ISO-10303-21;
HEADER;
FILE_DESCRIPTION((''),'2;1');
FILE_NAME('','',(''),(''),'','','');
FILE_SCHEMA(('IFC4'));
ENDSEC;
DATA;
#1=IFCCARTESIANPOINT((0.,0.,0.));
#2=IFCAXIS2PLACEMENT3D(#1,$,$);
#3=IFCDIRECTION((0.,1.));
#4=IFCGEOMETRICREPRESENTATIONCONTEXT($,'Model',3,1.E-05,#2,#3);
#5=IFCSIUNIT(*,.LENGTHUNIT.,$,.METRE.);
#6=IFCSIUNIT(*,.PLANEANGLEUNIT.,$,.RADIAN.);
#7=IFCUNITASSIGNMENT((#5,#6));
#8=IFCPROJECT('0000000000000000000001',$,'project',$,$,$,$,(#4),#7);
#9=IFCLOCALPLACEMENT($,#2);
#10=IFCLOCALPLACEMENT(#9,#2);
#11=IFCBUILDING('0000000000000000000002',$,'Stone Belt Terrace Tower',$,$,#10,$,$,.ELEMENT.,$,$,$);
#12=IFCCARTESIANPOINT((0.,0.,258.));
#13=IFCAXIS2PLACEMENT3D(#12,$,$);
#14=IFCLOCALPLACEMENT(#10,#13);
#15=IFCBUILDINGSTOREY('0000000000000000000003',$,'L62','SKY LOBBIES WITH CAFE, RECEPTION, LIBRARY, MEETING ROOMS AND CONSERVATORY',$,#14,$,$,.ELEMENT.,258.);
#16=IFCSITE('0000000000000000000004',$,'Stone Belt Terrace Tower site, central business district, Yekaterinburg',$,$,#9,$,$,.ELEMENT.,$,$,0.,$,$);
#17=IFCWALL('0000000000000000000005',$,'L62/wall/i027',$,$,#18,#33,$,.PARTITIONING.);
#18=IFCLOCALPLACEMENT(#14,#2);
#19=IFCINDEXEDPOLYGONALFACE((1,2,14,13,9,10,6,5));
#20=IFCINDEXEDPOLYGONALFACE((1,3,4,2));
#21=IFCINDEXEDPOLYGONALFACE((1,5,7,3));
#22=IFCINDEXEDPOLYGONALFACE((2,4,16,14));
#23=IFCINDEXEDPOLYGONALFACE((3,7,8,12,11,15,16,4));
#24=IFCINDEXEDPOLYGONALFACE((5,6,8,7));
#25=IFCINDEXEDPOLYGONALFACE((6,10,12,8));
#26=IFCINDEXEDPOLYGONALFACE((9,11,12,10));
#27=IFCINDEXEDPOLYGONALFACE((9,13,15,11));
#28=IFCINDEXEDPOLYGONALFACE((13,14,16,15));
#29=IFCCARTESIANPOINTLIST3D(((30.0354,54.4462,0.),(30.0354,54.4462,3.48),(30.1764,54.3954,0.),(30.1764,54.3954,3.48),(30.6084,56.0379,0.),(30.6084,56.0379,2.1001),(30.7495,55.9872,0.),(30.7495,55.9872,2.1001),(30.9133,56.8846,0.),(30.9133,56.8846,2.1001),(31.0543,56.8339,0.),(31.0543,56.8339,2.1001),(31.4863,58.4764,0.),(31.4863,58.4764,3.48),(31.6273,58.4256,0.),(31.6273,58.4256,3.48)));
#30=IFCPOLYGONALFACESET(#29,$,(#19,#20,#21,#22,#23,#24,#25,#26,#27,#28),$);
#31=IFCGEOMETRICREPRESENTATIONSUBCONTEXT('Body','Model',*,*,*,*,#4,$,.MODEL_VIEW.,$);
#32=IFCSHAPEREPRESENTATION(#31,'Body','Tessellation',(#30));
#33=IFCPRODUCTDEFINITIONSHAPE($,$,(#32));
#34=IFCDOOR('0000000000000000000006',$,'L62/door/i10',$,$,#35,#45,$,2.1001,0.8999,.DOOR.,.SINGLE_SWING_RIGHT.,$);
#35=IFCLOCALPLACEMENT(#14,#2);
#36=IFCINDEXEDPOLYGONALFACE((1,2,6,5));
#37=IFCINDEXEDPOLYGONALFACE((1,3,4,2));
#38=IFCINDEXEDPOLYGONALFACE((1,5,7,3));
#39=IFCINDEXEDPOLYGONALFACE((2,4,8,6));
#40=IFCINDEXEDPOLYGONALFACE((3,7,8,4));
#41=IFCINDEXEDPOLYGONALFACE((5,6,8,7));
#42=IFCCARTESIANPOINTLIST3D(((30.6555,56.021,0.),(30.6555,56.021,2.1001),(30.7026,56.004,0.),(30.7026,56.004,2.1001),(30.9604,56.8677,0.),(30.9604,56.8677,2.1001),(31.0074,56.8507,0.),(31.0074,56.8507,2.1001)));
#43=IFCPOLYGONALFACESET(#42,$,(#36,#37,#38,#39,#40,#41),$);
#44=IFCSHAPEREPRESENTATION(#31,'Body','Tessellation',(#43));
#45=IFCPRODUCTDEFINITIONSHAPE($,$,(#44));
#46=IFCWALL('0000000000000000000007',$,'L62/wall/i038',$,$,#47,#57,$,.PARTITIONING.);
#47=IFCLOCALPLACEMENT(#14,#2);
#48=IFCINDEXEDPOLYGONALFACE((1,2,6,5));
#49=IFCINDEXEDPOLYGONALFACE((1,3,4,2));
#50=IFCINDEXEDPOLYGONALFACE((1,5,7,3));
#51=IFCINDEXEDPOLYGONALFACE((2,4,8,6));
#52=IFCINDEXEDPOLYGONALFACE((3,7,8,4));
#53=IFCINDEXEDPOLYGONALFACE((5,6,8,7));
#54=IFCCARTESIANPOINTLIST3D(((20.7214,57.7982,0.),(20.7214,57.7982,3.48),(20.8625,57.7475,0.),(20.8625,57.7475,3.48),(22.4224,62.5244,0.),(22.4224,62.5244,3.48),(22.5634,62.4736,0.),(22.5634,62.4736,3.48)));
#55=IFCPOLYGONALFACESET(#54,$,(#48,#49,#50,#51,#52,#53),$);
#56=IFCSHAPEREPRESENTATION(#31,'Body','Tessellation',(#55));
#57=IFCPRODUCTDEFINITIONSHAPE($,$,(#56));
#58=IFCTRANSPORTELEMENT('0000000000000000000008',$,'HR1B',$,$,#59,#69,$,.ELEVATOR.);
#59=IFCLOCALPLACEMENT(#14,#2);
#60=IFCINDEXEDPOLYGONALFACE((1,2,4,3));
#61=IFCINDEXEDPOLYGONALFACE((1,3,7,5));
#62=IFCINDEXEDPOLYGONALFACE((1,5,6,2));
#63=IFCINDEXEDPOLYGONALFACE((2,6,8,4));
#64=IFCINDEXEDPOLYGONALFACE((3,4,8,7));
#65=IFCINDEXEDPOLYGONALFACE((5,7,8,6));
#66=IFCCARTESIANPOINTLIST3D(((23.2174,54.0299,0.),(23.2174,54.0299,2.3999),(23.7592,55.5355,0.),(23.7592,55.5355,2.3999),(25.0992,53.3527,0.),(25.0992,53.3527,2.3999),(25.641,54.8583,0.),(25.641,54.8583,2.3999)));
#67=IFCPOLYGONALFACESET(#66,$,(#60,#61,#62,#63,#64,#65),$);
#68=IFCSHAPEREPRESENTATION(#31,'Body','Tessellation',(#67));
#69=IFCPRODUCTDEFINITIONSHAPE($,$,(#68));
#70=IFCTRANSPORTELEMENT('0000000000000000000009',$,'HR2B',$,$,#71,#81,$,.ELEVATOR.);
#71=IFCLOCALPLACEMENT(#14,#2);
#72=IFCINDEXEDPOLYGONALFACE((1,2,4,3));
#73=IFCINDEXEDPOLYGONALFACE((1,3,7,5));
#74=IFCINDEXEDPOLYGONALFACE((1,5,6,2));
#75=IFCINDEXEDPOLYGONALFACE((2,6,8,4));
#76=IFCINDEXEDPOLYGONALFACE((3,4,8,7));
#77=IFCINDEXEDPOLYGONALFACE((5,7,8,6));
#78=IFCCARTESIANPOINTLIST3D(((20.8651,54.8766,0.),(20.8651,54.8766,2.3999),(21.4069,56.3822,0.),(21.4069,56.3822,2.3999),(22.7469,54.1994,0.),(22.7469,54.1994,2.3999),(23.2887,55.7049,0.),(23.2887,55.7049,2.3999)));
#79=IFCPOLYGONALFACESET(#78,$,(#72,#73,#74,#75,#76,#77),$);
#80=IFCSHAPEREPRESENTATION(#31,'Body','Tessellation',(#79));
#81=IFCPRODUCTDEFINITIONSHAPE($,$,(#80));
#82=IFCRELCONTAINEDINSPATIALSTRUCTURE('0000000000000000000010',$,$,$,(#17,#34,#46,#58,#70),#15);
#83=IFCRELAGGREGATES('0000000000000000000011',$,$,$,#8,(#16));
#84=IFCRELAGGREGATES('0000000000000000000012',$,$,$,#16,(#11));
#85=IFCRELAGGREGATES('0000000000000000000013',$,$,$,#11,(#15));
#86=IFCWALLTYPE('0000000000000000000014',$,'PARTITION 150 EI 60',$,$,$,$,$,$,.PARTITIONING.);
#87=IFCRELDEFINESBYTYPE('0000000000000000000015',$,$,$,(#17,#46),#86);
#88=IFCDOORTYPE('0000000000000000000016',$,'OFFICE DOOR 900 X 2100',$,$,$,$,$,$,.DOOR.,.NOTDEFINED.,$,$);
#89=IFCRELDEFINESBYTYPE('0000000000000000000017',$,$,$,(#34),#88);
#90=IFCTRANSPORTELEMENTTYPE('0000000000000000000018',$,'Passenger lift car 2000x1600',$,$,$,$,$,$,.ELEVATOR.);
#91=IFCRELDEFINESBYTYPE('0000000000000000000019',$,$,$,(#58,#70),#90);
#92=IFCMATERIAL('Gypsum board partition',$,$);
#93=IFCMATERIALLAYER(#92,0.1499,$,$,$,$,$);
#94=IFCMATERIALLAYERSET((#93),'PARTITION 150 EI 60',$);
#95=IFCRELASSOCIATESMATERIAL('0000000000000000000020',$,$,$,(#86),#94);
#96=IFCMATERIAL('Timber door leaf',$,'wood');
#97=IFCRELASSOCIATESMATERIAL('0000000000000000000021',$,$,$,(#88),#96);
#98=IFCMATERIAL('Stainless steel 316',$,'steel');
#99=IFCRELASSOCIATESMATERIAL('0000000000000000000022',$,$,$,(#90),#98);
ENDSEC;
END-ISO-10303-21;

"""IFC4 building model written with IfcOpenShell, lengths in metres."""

from ifc_helpers import new_model, si_unit, direction, frame, frame_2d, origin, origin_2d, place, context, subcontext, project, spatial, rectangle, extrude, material, layer, layer_set, type_object, element, fill, save


model = new_model("IFC4")

# Units and contexts
model_context = context("Model", 3, precision=1e-05, world=origin(), true_north=direction((0.0, 1.0)))
body_context = subcontext(model_context, "Body", "Model", "MODEL_VIEW")
ifc_project = project(units=[si_unit("LENGTHUNIT", "METRE"), si_unit("PLANEANGLEUNIT", "RADIAN")], contexts=[model_context])

# Site, building, storey
site_placement = place(None, origin())
site = spatial("IfcSite", under=ifc_project, at=site_placement, Name="Stone Belt Terrace Tower site, central business district, Yekaterinburg", CompositionType="ELEMENT", RefElevation=0.0)
building_placement = place(site_placement, origin())
building = spatial("IfcBuilding", under=site, at=building_placement, Name="Stone Belt Terrace Tower", CompositionType="ELEMENT")
storey_placement = place(building_placement, frame((0.0, 0.0, 258.0)))
storey = spatial("IfcBuildingStorey", under=building, at=storey_placement, Name="L62", Description="SKY LOBBIES WITH CAFE, RECEPTION, LIBRARY, MEETING ROOMS AND CONSERVATORY", CompositionType="ELEMENT", Elevation=258.0)

# Wall, opening, door
ifc_material_1 = material(Name="Gypsum board partition")
ifc_layer_1 = layer(ifc_material_1, 0.1499)
ifc_layer_set_1 = layer_set([ifc_layer_1], Name="PARTITION 150 EI 60")
wall_type_1 = type_object("IfcWallType", Name="PARTITION 150 EI 60", PredefinedType="PARTITIONING", material=ifc_layer_set_1)
wall_1_placement = place(storey_placement, frame((30.106, 54.4209, 0.0), z_axis=(0.0, 0.0, 1.0), x_axis=(0.338726, 0.940885, 0.0)))
wall_1 = element("IfcWall", 1, at=wall_1_placement, inside=storey, type_object=wall_type_1, Name="L62/wall/i027", PredefinedType="PARTITIONING", context=body_context, shape_type="SweptSolid", body=[
    extrude(rectangle(XDim=4.2834, YDim=0.1499, at=frame_2d((2.1416, 0.0))), origin(), (0.0, 0.0, 1.0), 3.48),
])
opening_1_placement = place(wall_1_placement, frame((1.6917, 0.0, 0.0)))
opening_1 = element("IfcOpeningElement", 2, at=opening_1_placement, cuts=wall_1, PredefinedType="OPENING", context=body_context, shape_type="SweptSolid", body=[
    extrude(rectangle(XDim=0.8999, YDim=2.1001, at=frame_2d((0.45, 1.05))), frame((0.0, 0.085, 0.0), z_axis=(0.0, -1.0, 0.0), x_axis=(1.0, 0.0, 0.0)), (0.0, 0.0, 1.0), 0.1699),
])
ifc_material_2 = material(Name="Timber door leaf", Category="wood")
door_type_1 = type_object("IfcDoorType", Name="OFFICE DOOR 900 X 2100", OperationType="NOTDEFINED", PredefinedType="DOOR", material=ifc_material_2)
door_1_placement = place(opening_1_placement, origin())
door_1 = element("IfcDoor", 3, at=door_1_placement, inside=storey, type_object=door_type_1, Name="L62/door/i10", OperationType="SINGLE_SWING_RIGHT", OverallHeight=2.1001, OverallWidth=0.8999, PredefinedType="DOOR", context=body_context, shape_type="SweptSolid", body=[
    extrude(rectangle(XDim=0.8999, YDim=2.1001, at=frame_2d((0.45, 1.05))), frame((0.0, 0.0249, 0.0), z_axis=(0.0, -1.0, 0.0), x_axis=(1.0, 0.0, 0.0)), (0.0, 0.0, 1.0), 0.05),
])
fill(opening_1, door_1)

# Wall
wall_2_placement = place(storey_placement, frame((22.4929, 62.499, 0.0), z_axis=(0.0, 0.0, 1.0), x_axis=(-0.338639, -0.940917, 0.0)))
element("IfcWall", 4, at=wall_2_placement, inside=storey, type_object=wall_type_1, Name="L62/wall/i038", PredefinedType="PARTITIONING", context=body_context, shape_type="SweptSolid", body=[
    extrude(rectangle(XDim=5.0229, YDim=0.1499, at=frame_2d((2.5115, 0.0))), origin(), (0.0, 0.0, 1.0), 3.48),
])

# Transport elements
ifc_material_3 = material(Name="Stainless steel 316", Category="steel")
transport_element_type = type_object("IfcTransportElementType", Name="Passenger lift car 2000x1600", PredefinedType="ELEVATOR", material=ifc_material_3)
for number, where, z_axis, x_axis, name in (
    (5, (24.4292, 54.4441, 0.0), (0.0, 0.0, 1.0), (-0.940922, 0.338625, 0.0), "HR1B"),
    (6, (22.0769, 55.2908, 0.0), (0.0, 0.0, 1.0), (-0.940922, 0.338625, 0.0), "HR2B"),
):
    element("IfcTransportElement", number, at=place(storey_placement, frame(where, z_axis=z_axis, x_axis=x_axis)), inside=storey, type_object=transport_element_type, Name=name, PredefinedType="ELEVATOR", context=body_context, shape_type="SweptSolid", body=[
        extrude(rectangle(XDim=2.0, YDim=1.6001, at=origin_2d()), origin(), (0.0, 0.0, 1.0), 2.3999),
    ])

save(model, "model.ifc")
